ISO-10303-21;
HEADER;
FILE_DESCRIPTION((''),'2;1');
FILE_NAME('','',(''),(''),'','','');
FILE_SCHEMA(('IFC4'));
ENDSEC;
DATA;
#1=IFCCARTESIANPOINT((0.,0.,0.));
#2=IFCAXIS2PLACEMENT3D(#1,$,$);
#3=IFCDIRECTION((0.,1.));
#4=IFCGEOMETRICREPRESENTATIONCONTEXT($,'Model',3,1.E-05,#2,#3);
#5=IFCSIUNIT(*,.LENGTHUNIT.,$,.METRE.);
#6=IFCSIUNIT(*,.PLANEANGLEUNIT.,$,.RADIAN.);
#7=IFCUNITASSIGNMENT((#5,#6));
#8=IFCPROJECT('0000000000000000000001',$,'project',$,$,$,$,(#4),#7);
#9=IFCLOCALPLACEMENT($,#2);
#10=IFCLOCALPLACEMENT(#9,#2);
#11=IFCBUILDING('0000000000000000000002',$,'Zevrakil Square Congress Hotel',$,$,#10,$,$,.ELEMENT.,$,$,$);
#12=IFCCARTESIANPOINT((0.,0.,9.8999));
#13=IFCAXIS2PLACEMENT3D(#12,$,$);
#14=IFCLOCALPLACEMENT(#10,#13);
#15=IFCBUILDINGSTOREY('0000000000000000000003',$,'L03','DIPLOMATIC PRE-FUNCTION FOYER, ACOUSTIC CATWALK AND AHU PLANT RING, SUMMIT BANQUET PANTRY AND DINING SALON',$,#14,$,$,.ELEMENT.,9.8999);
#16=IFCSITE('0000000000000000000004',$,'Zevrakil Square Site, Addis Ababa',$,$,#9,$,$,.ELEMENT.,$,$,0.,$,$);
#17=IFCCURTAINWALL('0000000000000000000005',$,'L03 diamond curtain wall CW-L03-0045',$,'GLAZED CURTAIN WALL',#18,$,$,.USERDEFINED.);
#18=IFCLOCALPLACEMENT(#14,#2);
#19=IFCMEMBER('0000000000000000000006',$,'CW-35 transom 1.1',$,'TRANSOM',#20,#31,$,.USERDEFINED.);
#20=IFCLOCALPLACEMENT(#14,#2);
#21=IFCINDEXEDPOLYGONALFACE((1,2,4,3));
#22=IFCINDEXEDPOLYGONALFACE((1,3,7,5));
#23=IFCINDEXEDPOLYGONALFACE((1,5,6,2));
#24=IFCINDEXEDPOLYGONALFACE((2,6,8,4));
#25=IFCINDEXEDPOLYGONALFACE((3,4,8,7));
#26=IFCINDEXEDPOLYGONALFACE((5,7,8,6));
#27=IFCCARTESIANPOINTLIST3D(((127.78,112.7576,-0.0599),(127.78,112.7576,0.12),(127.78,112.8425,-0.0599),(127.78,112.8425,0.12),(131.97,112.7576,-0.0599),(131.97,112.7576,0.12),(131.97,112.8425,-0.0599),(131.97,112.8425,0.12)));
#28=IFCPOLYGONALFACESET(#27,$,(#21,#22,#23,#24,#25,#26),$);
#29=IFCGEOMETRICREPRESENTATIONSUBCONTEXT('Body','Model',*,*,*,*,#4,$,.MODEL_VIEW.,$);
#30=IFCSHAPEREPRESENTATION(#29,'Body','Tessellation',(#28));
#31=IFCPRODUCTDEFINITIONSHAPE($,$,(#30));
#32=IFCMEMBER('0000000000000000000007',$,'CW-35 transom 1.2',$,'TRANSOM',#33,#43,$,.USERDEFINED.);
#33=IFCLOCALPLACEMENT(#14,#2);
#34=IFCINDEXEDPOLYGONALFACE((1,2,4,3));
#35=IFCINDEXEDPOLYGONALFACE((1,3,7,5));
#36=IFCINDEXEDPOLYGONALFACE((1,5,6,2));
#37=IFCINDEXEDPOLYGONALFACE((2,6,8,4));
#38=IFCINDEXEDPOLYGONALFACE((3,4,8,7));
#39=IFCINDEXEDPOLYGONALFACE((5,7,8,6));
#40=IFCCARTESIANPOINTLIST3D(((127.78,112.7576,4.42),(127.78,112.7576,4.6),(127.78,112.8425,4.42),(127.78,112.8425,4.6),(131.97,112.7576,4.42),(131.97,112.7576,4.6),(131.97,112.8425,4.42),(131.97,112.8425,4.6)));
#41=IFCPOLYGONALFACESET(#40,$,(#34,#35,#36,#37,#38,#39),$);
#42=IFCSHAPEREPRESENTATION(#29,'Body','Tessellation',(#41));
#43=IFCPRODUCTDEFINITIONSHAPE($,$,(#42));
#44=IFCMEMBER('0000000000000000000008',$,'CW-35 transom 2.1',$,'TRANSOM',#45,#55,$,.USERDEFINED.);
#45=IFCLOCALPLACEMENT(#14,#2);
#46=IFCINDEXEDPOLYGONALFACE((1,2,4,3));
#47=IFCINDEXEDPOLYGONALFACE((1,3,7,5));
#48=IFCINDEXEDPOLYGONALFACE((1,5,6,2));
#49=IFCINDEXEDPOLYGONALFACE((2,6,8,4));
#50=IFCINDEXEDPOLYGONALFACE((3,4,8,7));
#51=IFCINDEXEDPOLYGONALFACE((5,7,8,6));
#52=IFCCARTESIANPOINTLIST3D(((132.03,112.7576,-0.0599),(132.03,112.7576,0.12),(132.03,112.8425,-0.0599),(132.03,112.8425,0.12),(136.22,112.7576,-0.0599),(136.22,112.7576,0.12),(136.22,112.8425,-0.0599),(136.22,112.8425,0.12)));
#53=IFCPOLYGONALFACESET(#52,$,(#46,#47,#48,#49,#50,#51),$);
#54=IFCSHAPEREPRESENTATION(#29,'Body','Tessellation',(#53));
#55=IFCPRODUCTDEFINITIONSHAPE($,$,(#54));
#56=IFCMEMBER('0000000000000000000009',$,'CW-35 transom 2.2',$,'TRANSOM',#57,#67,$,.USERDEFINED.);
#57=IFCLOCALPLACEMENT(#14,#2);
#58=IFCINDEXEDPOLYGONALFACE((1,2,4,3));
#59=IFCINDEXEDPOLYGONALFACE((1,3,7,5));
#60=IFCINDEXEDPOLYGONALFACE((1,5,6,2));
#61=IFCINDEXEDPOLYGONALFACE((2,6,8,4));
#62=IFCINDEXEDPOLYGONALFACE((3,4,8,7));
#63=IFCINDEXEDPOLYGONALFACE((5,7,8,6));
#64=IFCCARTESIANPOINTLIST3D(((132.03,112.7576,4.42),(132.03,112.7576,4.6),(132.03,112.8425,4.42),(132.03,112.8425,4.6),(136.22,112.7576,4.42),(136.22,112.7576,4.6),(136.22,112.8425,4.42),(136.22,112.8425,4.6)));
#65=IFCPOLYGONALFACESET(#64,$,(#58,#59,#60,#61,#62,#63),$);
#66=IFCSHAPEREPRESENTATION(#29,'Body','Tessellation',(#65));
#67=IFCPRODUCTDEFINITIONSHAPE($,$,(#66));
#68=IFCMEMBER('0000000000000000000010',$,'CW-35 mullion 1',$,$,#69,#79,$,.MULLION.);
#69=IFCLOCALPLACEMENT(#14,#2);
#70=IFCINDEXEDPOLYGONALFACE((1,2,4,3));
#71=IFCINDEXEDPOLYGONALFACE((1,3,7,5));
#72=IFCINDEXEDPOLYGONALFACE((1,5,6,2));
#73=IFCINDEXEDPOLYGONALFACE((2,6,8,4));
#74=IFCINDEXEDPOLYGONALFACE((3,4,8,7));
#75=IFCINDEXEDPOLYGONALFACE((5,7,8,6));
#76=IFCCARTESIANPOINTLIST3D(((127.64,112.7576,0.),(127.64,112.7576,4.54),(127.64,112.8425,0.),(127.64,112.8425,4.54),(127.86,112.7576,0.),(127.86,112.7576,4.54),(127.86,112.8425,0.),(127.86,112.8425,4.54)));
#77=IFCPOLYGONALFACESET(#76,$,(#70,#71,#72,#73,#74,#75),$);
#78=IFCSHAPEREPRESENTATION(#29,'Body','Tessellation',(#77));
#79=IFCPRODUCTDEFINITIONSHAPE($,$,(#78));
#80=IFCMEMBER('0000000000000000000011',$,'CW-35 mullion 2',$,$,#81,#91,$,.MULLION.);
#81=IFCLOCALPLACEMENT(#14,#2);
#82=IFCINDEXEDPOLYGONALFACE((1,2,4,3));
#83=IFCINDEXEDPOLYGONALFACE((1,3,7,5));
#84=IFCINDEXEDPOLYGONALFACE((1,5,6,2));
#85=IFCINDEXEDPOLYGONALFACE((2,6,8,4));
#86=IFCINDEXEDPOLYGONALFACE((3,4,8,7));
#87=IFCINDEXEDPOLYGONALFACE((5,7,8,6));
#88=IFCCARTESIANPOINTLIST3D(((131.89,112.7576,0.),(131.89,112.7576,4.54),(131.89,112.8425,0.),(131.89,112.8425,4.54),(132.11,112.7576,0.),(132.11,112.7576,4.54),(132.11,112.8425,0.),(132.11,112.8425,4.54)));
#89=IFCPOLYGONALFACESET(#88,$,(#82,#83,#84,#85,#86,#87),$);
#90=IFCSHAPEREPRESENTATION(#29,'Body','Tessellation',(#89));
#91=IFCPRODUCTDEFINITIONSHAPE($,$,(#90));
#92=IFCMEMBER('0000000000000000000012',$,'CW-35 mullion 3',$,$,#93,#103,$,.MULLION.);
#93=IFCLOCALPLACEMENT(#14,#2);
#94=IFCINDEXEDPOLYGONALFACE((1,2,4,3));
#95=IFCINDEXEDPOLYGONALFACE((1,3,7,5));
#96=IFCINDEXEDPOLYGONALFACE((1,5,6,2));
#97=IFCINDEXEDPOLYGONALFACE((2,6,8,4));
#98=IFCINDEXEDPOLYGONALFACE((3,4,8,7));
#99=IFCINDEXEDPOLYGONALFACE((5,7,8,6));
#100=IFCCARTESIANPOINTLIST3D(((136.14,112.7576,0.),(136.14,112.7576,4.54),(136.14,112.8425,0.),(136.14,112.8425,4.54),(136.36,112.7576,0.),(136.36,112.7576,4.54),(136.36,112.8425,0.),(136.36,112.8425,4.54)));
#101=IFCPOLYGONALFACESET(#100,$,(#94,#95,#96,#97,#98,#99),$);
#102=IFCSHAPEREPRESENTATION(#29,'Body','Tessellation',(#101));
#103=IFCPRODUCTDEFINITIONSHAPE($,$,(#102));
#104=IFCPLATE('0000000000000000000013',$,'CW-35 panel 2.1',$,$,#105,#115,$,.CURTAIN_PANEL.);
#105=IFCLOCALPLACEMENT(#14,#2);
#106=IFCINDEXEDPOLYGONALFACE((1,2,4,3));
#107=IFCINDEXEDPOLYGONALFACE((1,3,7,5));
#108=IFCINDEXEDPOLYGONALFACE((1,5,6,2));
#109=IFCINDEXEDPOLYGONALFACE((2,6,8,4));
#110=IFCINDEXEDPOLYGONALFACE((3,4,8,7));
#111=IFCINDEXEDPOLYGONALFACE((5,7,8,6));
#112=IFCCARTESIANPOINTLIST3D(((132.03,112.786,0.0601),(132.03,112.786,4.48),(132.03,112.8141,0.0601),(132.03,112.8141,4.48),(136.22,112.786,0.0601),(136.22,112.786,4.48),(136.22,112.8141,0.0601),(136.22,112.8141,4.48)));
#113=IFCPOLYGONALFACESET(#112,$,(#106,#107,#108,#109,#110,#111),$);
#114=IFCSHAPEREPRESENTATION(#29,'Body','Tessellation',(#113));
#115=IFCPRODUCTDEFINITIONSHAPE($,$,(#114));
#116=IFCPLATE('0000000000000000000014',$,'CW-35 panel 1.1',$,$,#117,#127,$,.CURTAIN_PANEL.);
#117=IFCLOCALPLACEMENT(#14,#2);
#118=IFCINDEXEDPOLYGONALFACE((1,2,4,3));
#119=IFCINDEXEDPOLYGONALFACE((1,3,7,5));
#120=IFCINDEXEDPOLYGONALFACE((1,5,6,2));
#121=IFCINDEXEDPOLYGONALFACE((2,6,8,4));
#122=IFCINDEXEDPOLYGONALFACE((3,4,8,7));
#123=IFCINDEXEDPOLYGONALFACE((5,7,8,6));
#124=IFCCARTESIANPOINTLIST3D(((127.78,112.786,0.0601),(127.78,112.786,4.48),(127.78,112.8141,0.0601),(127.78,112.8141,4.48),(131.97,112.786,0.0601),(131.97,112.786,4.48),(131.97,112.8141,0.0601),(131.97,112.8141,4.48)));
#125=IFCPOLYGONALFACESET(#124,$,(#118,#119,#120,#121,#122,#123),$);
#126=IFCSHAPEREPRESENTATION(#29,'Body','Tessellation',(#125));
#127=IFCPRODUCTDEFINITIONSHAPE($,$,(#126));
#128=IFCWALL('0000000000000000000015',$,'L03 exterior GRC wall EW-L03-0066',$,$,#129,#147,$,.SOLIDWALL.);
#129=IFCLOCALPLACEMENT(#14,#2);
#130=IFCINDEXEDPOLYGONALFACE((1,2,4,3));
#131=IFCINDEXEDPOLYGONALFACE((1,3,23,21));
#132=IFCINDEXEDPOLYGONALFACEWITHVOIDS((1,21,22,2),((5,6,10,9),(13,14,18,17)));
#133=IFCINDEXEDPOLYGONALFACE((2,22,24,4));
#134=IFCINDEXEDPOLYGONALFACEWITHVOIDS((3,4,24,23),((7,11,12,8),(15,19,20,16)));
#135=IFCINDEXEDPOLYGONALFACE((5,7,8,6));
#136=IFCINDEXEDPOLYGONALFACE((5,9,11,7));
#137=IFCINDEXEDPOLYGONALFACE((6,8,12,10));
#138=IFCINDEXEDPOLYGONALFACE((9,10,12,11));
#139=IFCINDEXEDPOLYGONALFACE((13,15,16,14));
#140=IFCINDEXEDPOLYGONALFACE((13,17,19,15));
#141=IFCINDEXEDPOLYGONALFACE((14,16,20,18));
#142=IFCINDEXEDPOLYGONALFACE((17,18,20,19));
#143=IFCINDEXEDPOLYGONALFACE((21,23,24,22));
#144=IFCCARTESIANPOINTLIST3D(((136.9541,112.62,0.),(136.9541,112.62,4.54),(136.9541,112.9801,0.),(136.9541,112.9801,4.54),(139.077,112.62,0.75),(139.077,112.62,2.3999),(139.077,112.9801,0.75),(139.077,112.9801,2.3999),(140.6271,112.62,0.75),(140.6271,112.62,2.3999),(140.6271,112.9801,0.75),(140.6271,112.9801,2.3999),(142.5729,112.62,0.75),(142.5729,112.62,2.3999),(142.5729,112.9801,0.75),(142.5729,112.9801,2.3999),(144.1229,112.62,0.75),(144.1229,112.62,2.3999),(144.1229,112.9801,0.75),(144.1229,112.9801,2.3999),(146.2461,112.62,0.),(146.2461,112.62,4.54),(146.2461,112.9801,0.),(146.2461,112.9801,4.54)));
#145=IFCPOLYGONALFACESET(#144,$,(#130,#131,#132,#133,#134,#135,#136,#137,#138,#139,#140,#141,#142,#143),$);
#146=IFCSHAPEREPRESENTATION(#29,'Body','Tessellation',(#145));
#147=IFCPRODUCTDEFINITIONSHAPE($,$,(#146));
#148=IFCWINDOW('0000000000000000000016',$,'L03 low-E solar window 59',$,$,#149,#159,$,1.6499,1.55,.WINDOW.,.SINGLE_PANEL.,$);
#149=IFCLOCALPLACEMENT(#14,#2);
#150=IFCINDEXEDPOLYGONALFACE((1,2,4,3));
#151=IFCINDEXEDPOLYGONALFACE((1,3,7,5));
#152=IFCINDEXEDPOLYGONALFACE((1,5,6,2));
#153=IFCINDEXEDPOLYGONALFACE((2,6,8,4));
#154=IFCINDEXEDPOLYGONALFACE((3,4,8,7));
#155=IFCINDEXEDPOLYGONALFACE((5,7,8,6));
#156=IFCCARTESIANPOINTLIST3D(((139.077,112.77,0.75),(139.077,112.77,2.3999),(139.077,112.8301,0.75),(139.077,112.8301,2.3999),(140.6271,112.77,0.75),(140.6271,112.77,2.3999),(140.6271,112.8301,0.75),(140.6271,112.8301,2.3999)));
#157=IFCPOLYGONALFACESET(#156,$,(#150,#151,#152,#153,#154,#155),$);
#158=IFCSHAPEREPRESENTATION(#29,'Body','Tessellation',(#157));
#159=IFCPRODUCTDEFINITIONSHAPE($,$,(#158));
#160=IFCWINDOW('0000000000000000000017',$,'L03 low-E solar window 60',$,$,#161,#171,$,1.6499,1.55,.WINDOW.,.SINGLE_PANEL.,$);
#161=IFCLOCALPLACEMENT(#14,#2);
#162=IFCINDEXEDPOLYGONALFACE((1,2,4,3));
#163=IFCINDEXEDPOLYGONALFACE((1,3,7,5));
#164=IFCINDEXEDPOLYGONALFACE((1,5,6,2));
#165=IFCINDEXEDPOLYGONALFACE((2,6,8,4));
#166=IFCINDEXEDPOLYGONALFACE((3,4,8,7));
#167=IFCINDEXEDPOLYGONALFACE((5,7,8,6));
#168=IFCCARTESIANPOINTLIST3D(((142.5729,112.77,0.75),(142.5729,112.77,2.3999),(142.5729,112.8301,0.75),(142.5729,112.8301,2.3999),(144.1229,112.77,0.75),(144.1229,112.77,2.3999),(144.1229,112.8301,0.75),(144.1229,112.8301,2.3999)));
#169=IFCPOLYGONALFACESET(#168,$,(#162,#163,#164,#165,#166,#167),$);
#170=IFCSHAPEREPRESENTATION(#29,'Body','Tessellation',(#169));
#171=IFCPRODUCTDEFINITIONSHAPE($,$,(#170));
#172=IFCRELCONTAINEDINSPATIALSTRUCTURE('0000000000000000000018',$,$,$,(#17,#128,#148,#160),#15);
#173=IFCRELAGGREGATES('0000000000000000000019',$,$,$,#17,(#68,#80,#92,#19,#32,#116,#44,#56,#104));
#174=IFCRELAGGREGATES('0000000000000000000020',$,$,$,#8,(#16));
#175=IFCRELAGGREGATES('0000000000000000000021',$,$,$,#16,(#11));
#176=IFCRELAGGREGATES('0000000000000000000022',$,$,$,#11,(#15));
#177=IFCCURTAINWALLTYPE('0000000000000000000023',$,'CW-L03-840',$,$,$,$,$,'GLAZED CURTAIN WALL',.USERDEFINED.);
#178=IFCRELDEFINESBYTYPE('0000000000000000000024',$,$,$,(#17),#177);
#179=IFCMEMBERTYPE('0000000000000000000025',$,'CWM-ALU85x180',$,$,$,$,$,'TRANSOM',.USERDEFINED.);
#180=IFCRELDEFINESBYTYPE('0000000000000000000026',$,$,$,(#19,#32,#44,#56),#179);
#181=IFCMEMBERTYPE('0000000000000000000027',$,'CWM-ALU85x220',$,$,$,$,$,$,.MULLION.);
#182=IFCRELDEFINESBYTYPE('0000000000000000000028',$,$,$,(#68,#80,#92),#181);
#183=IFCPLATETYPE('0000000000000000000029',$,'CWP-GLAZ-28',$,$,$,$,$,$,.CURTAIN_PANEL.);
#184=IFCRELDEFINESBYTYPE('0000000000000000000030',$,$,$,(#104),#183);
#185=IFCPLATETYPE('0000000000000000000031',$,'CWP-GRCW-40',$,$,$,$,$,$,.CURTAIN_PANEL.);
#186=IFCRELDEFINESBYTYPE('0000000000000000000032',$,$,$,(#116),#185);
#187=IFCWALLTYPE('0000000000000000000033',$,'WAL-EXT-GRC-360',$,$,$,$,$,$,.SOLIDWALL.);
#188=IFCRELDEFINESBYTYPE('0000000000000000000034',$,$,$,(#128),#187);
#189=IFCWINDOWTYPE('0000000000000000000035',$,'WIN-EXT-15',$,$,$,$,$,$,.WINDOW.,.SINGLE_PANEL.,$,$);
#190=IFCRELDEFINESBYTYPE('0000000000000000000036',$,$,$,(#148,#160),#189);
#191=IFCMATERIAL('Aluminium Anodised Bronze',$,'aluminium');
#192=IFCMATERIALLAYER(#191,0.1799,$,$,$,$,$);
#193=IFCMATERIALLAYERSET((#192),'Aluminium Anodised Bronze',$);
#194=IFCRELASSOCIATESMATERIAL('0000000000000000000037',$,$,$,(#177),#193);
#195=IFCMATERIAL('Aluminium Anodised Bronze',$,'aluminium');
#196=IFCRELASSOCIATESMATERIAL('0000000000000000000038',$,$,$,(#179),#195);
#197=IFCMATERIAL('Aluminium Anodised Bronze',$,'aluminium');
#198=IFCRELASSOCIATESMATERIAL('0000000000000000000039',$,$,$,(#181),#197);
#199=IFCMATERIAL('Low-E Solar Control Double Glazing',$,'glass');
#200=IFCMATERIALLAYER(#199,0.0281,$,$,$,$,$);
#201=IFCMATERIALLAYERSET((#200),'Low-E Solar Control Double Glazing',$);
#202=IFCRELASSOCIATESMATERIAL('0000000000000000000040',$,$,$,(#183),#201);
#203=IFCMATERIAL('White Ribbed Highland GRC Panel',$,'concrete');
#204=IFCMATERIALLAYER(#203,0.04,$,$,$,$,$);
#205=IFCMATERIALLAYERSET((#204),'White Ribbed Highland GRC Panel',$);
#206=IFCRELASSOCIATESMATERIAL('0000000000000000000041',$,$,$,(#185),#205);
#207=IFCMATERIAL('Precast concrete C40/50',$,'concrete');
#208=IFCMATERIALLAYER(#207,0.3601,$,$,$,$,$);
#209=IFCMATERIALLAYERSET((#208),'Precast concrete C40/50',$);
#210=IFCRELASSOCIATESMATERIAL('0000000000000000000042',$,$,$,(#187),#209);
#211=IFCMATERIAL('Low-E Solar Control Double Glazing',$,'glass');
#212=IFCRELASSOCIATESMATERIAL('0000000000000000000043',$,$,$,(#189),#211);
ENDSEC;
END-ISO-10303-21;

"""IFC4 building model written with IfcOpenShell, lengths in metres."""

from ifc_helpers import new_model, si_unit, direction, frame, frame_2d, origin, origin_2d, place, context, subcontext, project, spatial, rectangle, extrude, material, layer, layer_set, material_profile, profile_set, type_object, element, fill, aggregate, save


model = new_model("IFC4")

# Units and contexts
model_context = context("Model", 3, precision=1e-05, world=origin(), true_north=direction((0.0, 1.0)))
body_context = subcontext(model_context, "Body", "Model", "MODEL_VIEW")
ifc_project = project(units=[si_unit("LENGTHUNIT", "METRE"), si_unit("PLANEANGLEUNIT", "RADIAN")], contexts=[model_context])

# Site, building, storey
site_placement = place(None, origin())
site = spatial("IfcSite", under=ifc_project, at=site_placement, Name="Zevrakil Square Site, Addis Ababa", CompositionType="ELEMENT", RefElevation=0.0)
building_placement = place(site_placement, origin())
building = spatial("IfcBuilding", under=site, at=building_placement, Name="Zevrakil Square Congress Hotel", CompositionType="ELEMENT")
storey_placement = place(building_placement, frame((0.0, 0.0, 9.8999)))
storey = spatial("IfcBuildingStorey", under=building, at=storey_placement, Name="L03", Description="DIPLOMATIC PRE-FUNCTION FOYER, ACOUSTIC CATWALK AND AHU PLANT RING, SUMMIT BANQUET PANTRY AND DINING SALON", CompositionType="ELEMENT", Elevation=9.8999)

# Curtain wall, members, plates
ifc_material_1 = material(Name="Aluminium Anodised Bronze", Category="aluminium")
ifc_layer_1 = layer(ifc_material_1, 0.1799)
ifc_layer_set_1 = layer_set([ifc_layer_1], Name="Aluminium Anodised Bronze")
curtain_wall_type = type_object("IfcCurtainWallType", Name="CW-L03-840", ElementType="GLAZED CURTAIN WALL", PredefinedType="USERDEFINED", material=ifc_layer_set_1)
curtain_wall_placement = place(storey_placement, origin())
curtain_wall = element("IfcCurtainWall", 1, at=curtain_wall_placement, inside=storey, type_object=curtain_wall_type, Name="L03 diamond curtain wall CW-L03-0045", ObjectType="GLAZED CURTAIN WALL", PredefinedType="USERDEFINED")
ifc_material_2 = material(Name="Aluminium Anodised Bronze", Category="aluminium")
ifc_material_profile_1 = material_profile(ifc_material_2, rectangle(XDim=0.085, YDim=0.1799, at=origin_2d()), Name="ALU 85x180")
ifc_profile_set_1 = profile_set([ifc_material_profile_1], Name="Aluminium Anodised Bronze")
member_type_1 = type_object("IfcMemberType", Name="CWM-ALU85x180", ElementType="TRANSOM", PredefinedType="USERDEFINED", material=ifc_profile_set_1)
member_1_placement = place(storey_placement, frame((127.78, 112.8, 0.03), z_axis=(1.0, 0.0, 0.0), x_axis=(0.0, 1.0, 0.0)))
member_1 = element("IfcMember", 2, at=member_1_placement, type_object=member_type_1, Name="CW-35 transom 1.1", ObjectType="TRANSOM", PredefinedType="USERDEFINED", context=body_context, shape_type="SweptSolid", body=[
    extrude(rectangle(XDim=0.085, YDim=0.1799, at=origin_2d()), origin(), (0.0, 0.0, 1.0), 4.1899),
])
member_2_placement = place(storey_placement, frame((127.78, 112.8, 4.51), z_axis=(1.0, 0.0, 0.0), x_axis=(0.0, 1.0, 0.0)))
member_2 = element("IfcMember", 3, at=member_2_placement, type_object=member_type_1, Name="CW-35 transom 1.2", ObjectType="TRANSOM", PredefinedType="USERDEFINED", context=body_context, shape_type="SweptSolid", body=[
    extrude(rectangle(XDim=0.085, YDim=0.1799, at=origin_2d()), origin(), (0.0, 0.0, 1.0), 4.1899),
])
member_3_placement = place(storey_placement, frame((132.03, 112.8, 0.03), z_axis=(1.0, 0.0, 0.0), x_axis=(0.0, 1.0, 0.0)))
member_3 = element("IfcMember", 4, at=member_3_placement, type_object=member_type_1, Name="CW-35 transom 2.1", ObjectType="TRANSOM", PredefinedType="USERDEFINED", context=body_context, shape_type="SweptSolid", body=[
    extrude(rectangle(XDim=0.085, YDim=0.1799, at=origin_2d()), origin(), (0.0, 0.0, 1.0), 4.1899),
])
member_4_placement = place(storey_placement, frame((132.03, 112.8, 4.51), z_axis=(1.0, 0.0, 0.0), x_axis=(0.0, 1.0, 0.0)))
member_4 = element("IfcMember", 5, at=member_4_placement, type_object=member_type_1, Name="CW-35 transom 2.2", ObjectType="TRANSOM", PredefinedType="USERDEFINED", context=body_context, shape_type="SweptSolid", body=[
    extrude(rectangle(XDim=0.085, YDim=0.1799, at=origin_2d()), origin(), (0.0, 0.0, 1.0), 4.1899),
])
ifc_material_3 = material(Name="Aluminium Anodised Bronze", Category="aluminium")
ifc_material_profile_2 = material_profile(ifc_material_3, rectangle(XDim=0.085, YDim=0.22, at=origin_2d()), Name="ALU 85x220")
ifc_profile_set_2 = profile_set([ifc_material_profile_2], Name="Aluminium Anodised Bronze")
member_type_2 = type_object("IfcMemberType", Name="CWM-ALU85x220", PredefinedType="MULLION", material=ifc_profile_set_2)
member_5_placement = place(storey_placement, frame((127.75, 112.8, 0.0), z_axis=(0.0, 0.0, 1.0), x_axis=(0.0, 1.0, 0.0)))
member_5 = element("IfcMember", 6, at=member_5_placement, type_object=member_type_2, Name="CW-35 mullion 1", PredefinedType="MULLION", context=body_context, shape_type="SweptSolid", body=[
    extrude(rectangle(XDim=0.085, YDim=0.22, at=origin_2d()), origin(), (0.0, 0.0, 1.0), 4.54),
])
member_6_placement = place(storey_placement, frame((132.0, 112.8, 0.0), z_axis=(0.0, 0.0, 1.0), x_axis=(0.0, 1.0, 0.0)))
member_6 = element("IfcMember", 7, at=member_6_placement, type_object=member_type_2, Name="CW-35 mullion 2", PredefinedType="MULLION", context=body_context, shape_type="SweptSolid", body=[
    extrude(rectangle(XDim=0.085, YDim=0.22, at=origin_2d()), origin(), (0.0, 0.0, 1.0), 4.54),
])
member_7_placement = place(storey_placement, frame((136.25, 112.8, 0.0), z_axis=(0.0, 0.0, 1.0), x_axis=(0.0, 1.0, 0.0)))
member_7 = element("IfcMember", 8, at=member_7_placement, type_object=member_type_2, Name="CW-35 mullion 3", PredefinedType="MULLION", context=body_context, shape_type="SweptSolid", body=[
    extrude(rectangle(XDim=0.085, YDim=0.22, at=origin_2d()), origin(), (0.0, 0.0, 1.0), 4.54),
])
ifc_material_4 = material(Name="Low-E Solar Control Double Glazing", Category="glass")
ifc_layer_2 = layer(ifc_material_4, 0.0281)
ifc_layer_set_2 = layer_set([ifc_layer_2], Name="Low-E Solar Control Double Glazing")
plate_type_1 = type_object("IfcPlateType", Name="CWP-GLAZ-28", PredefinedType="CURTAIN_PANEL", material=ifc_layer_set_2)
plate_1_placement = place(storey_placement, frame((134.125, 112.8, 0.0601), z_axis=(0.0, 0.0, 1.0), x_axis=(1.0, 0.0, 0.0)))
plate_1 = element("IfcPlate", 9, at=plate_1_placement, type_object=plate_type_1, Name="CW-35 panel 2.1", PredefinedType="CURTAIN_PANEL", context=body_context, shape_type="SweptSolid", body=[
    extrude(rectangle(XDim=4.1899, YDim=0.0281, at=origin_2d()), origin(), (0.0, 0.0, 1.0), 4.4199),
])
ifc_material_5 = material(Name="White Ribbed Highland GRC Panel", Category="concrete")
ifc_layer_3 = layer(ifc_material_5, 0.04)
ifc_layer_set_3 = layer_set([ifc_layer_3], Name="White Ribbed Highland GRC Panel")
plate_type_2 = type_object("IfcPlateType", Name="CWP-GRCW-40", PredefinedType="CURTAIN_PANEL", material=ifc_layer_set_3)
plate_2_placement = place(storey_placement, frame((129.875, 112.8, 0.0601), z_axis=(0.0, 0.0, 1.0), x_axis=(1.0, 0.0, 0.0)))
plate_2 = element("IfcPlate", 10, at=plate_2_placement, type_object=plate_type_2, Name="CW-35 panel 1.1", PredefinedType="CURTAIN_PANEL", context=body_context, shape_type="SweptSolid", body=[
    extrude(rectangle(XDim=4.1899, YDim=0.0281, at=origin_2d()), origin(), (0.0, 0.0, 1.0), 4.4199),
])
aggregate(curtain_wall, [member_5, member_6, member_7, member_1, member_2, plate_2, member_3, member_4, plate_1])

# Wall, openings, windows
ifc_material_6 = material(Name="Precast concrete C40/50", Category="concrete")
ifc_layer_4 = layer(ifc_material_6, 0.3601)
ifc_layer_set_4 = layer_set([ifc_layer_4], Name="Precast concrete C40/50")
wall_type = type_object("IfcWallType", Name="WAL-EXT-GRC-360", PredefinedType="SOLIDWALL", material=ifc_layer_set_4)
wall_placement = place(storey_placement, frame((136.9541, 112.8, 0.0), z_axis=(0.0, 0.0, 1.0), x_axis=(1.0, 0.0, 0.0)))
wall = element("IfcWall", 11, at=wall_placement, inside=storey, type_object=wall_type, Name="L03 exterior GRC wall EW-L03-0066", PredefinedType="SOLIDWALL", context=body_context, shape_type="SweptSolid", body=[
    extrude(rectangle(XDim=9.292, YDim=0.3601, at=frame_2d((4.646, 0.0))), origin(), (0.0, 0.0, 1.0), 4.54),
])
opening_1_placement = place(wall_placement, frame((2.123, 0.0, 0.75)))
opening_1 = element("IfcOpeningElement", 12, at=opening_1_placement, cuts=wall, PredefinedType="OPENING", context=body_context, shape_type="SweptSolid", body=[
    extrude(rectangle(XDim=1.55, YDim=1.6499, at=frame_2d((0.7749, 0.825))), frame((0.0, 0.1899, 0.0), z_axis=(0.0, -1.0, 0.0), x_axis=(1.0, 0.0, 0.0)), (0.0, 0.0, 1.0), 0.3801),
])
opening_2_placement = place(wall_placement, frame((5.6189, 0.0, 0.75)))
opening_2 = element("IfcOpeningElement", 13, at=opening_2_placement, cuts=wall, PredefinedType="OPENING", context=body_context, shape_type="SweptSolid", body=[
    extrude(rectangle(XDim=1.55, YDim=1.6499, at=frame_2d((0.7749, 0.825))), frame((0.0, 0.1899, 0.0), z_axis=(0.0, -1.0, 0.0), x_axis=(1.0, 0.0, 0.0)), (0.0, 0.0, 1.0), 0.3801),
])
ifc_material_7 = material(Name="Low-E Solar Control Double Glazing", Category="glass")
window_type = type_object("IfcWindowType", Name="WIN-EXT-15", PartitioningType="SINGLE_PANEL", PredefinedType="WINDOW", material=ifc_material_7)
window_1_placement = place(opening_1_placement, origin())
window_1 = element("IfcWindow", 14, at=window_1_placement, inside=storey, type_object=window_type, Name="L03 low-E solar window 59", OverallHeight=1.6499, OverallWidth=1.55, PartitioningType="SINGLE_PANEL", PredefinedType="WINDOW", context=body_context, shape_type="SweptSolid", body=[
    extrude(rectangle(XDim=1.55, YDim=1.6499, at=frame_2d((0.7749, 0.825))), frame((0.0, 0.03, 0.0), z_axis=(0.0, -1.0, 0.0), x_axis=(1.0, 0.0, 0.0)), (0.0, 0.0, 1.0), 0.0601),
])
fill(opening_1, window_1)
window_2_placement = place(opening_2_placement, origin())
window_2 = element("IfcWindow", 15, at=window_2_placement, inside=storey, type_object=window_type, Name="L03 low-E solar window 60", OverallHeight=1.6499, OverallWidth=1.55, PartitioningType="SINGLE_PANEL", PredefinedType="WINDOW", context=body_context, shape_type="SweptSolid", body=[
    extrude(rectangle(XDim=1.55, YDim=1.6499, at=frame_2d((0.7749, 0.825))), frame((0.0, 0.03, 0.0), z_axis=(0.0, -1.0, 0.0), x_axis=(1.0, 0.0, 0.0)), (0.0, 0.0, 1.0), 0.0601),
])
fill(opening_2, window_2)

save(model, "model.ifc")
